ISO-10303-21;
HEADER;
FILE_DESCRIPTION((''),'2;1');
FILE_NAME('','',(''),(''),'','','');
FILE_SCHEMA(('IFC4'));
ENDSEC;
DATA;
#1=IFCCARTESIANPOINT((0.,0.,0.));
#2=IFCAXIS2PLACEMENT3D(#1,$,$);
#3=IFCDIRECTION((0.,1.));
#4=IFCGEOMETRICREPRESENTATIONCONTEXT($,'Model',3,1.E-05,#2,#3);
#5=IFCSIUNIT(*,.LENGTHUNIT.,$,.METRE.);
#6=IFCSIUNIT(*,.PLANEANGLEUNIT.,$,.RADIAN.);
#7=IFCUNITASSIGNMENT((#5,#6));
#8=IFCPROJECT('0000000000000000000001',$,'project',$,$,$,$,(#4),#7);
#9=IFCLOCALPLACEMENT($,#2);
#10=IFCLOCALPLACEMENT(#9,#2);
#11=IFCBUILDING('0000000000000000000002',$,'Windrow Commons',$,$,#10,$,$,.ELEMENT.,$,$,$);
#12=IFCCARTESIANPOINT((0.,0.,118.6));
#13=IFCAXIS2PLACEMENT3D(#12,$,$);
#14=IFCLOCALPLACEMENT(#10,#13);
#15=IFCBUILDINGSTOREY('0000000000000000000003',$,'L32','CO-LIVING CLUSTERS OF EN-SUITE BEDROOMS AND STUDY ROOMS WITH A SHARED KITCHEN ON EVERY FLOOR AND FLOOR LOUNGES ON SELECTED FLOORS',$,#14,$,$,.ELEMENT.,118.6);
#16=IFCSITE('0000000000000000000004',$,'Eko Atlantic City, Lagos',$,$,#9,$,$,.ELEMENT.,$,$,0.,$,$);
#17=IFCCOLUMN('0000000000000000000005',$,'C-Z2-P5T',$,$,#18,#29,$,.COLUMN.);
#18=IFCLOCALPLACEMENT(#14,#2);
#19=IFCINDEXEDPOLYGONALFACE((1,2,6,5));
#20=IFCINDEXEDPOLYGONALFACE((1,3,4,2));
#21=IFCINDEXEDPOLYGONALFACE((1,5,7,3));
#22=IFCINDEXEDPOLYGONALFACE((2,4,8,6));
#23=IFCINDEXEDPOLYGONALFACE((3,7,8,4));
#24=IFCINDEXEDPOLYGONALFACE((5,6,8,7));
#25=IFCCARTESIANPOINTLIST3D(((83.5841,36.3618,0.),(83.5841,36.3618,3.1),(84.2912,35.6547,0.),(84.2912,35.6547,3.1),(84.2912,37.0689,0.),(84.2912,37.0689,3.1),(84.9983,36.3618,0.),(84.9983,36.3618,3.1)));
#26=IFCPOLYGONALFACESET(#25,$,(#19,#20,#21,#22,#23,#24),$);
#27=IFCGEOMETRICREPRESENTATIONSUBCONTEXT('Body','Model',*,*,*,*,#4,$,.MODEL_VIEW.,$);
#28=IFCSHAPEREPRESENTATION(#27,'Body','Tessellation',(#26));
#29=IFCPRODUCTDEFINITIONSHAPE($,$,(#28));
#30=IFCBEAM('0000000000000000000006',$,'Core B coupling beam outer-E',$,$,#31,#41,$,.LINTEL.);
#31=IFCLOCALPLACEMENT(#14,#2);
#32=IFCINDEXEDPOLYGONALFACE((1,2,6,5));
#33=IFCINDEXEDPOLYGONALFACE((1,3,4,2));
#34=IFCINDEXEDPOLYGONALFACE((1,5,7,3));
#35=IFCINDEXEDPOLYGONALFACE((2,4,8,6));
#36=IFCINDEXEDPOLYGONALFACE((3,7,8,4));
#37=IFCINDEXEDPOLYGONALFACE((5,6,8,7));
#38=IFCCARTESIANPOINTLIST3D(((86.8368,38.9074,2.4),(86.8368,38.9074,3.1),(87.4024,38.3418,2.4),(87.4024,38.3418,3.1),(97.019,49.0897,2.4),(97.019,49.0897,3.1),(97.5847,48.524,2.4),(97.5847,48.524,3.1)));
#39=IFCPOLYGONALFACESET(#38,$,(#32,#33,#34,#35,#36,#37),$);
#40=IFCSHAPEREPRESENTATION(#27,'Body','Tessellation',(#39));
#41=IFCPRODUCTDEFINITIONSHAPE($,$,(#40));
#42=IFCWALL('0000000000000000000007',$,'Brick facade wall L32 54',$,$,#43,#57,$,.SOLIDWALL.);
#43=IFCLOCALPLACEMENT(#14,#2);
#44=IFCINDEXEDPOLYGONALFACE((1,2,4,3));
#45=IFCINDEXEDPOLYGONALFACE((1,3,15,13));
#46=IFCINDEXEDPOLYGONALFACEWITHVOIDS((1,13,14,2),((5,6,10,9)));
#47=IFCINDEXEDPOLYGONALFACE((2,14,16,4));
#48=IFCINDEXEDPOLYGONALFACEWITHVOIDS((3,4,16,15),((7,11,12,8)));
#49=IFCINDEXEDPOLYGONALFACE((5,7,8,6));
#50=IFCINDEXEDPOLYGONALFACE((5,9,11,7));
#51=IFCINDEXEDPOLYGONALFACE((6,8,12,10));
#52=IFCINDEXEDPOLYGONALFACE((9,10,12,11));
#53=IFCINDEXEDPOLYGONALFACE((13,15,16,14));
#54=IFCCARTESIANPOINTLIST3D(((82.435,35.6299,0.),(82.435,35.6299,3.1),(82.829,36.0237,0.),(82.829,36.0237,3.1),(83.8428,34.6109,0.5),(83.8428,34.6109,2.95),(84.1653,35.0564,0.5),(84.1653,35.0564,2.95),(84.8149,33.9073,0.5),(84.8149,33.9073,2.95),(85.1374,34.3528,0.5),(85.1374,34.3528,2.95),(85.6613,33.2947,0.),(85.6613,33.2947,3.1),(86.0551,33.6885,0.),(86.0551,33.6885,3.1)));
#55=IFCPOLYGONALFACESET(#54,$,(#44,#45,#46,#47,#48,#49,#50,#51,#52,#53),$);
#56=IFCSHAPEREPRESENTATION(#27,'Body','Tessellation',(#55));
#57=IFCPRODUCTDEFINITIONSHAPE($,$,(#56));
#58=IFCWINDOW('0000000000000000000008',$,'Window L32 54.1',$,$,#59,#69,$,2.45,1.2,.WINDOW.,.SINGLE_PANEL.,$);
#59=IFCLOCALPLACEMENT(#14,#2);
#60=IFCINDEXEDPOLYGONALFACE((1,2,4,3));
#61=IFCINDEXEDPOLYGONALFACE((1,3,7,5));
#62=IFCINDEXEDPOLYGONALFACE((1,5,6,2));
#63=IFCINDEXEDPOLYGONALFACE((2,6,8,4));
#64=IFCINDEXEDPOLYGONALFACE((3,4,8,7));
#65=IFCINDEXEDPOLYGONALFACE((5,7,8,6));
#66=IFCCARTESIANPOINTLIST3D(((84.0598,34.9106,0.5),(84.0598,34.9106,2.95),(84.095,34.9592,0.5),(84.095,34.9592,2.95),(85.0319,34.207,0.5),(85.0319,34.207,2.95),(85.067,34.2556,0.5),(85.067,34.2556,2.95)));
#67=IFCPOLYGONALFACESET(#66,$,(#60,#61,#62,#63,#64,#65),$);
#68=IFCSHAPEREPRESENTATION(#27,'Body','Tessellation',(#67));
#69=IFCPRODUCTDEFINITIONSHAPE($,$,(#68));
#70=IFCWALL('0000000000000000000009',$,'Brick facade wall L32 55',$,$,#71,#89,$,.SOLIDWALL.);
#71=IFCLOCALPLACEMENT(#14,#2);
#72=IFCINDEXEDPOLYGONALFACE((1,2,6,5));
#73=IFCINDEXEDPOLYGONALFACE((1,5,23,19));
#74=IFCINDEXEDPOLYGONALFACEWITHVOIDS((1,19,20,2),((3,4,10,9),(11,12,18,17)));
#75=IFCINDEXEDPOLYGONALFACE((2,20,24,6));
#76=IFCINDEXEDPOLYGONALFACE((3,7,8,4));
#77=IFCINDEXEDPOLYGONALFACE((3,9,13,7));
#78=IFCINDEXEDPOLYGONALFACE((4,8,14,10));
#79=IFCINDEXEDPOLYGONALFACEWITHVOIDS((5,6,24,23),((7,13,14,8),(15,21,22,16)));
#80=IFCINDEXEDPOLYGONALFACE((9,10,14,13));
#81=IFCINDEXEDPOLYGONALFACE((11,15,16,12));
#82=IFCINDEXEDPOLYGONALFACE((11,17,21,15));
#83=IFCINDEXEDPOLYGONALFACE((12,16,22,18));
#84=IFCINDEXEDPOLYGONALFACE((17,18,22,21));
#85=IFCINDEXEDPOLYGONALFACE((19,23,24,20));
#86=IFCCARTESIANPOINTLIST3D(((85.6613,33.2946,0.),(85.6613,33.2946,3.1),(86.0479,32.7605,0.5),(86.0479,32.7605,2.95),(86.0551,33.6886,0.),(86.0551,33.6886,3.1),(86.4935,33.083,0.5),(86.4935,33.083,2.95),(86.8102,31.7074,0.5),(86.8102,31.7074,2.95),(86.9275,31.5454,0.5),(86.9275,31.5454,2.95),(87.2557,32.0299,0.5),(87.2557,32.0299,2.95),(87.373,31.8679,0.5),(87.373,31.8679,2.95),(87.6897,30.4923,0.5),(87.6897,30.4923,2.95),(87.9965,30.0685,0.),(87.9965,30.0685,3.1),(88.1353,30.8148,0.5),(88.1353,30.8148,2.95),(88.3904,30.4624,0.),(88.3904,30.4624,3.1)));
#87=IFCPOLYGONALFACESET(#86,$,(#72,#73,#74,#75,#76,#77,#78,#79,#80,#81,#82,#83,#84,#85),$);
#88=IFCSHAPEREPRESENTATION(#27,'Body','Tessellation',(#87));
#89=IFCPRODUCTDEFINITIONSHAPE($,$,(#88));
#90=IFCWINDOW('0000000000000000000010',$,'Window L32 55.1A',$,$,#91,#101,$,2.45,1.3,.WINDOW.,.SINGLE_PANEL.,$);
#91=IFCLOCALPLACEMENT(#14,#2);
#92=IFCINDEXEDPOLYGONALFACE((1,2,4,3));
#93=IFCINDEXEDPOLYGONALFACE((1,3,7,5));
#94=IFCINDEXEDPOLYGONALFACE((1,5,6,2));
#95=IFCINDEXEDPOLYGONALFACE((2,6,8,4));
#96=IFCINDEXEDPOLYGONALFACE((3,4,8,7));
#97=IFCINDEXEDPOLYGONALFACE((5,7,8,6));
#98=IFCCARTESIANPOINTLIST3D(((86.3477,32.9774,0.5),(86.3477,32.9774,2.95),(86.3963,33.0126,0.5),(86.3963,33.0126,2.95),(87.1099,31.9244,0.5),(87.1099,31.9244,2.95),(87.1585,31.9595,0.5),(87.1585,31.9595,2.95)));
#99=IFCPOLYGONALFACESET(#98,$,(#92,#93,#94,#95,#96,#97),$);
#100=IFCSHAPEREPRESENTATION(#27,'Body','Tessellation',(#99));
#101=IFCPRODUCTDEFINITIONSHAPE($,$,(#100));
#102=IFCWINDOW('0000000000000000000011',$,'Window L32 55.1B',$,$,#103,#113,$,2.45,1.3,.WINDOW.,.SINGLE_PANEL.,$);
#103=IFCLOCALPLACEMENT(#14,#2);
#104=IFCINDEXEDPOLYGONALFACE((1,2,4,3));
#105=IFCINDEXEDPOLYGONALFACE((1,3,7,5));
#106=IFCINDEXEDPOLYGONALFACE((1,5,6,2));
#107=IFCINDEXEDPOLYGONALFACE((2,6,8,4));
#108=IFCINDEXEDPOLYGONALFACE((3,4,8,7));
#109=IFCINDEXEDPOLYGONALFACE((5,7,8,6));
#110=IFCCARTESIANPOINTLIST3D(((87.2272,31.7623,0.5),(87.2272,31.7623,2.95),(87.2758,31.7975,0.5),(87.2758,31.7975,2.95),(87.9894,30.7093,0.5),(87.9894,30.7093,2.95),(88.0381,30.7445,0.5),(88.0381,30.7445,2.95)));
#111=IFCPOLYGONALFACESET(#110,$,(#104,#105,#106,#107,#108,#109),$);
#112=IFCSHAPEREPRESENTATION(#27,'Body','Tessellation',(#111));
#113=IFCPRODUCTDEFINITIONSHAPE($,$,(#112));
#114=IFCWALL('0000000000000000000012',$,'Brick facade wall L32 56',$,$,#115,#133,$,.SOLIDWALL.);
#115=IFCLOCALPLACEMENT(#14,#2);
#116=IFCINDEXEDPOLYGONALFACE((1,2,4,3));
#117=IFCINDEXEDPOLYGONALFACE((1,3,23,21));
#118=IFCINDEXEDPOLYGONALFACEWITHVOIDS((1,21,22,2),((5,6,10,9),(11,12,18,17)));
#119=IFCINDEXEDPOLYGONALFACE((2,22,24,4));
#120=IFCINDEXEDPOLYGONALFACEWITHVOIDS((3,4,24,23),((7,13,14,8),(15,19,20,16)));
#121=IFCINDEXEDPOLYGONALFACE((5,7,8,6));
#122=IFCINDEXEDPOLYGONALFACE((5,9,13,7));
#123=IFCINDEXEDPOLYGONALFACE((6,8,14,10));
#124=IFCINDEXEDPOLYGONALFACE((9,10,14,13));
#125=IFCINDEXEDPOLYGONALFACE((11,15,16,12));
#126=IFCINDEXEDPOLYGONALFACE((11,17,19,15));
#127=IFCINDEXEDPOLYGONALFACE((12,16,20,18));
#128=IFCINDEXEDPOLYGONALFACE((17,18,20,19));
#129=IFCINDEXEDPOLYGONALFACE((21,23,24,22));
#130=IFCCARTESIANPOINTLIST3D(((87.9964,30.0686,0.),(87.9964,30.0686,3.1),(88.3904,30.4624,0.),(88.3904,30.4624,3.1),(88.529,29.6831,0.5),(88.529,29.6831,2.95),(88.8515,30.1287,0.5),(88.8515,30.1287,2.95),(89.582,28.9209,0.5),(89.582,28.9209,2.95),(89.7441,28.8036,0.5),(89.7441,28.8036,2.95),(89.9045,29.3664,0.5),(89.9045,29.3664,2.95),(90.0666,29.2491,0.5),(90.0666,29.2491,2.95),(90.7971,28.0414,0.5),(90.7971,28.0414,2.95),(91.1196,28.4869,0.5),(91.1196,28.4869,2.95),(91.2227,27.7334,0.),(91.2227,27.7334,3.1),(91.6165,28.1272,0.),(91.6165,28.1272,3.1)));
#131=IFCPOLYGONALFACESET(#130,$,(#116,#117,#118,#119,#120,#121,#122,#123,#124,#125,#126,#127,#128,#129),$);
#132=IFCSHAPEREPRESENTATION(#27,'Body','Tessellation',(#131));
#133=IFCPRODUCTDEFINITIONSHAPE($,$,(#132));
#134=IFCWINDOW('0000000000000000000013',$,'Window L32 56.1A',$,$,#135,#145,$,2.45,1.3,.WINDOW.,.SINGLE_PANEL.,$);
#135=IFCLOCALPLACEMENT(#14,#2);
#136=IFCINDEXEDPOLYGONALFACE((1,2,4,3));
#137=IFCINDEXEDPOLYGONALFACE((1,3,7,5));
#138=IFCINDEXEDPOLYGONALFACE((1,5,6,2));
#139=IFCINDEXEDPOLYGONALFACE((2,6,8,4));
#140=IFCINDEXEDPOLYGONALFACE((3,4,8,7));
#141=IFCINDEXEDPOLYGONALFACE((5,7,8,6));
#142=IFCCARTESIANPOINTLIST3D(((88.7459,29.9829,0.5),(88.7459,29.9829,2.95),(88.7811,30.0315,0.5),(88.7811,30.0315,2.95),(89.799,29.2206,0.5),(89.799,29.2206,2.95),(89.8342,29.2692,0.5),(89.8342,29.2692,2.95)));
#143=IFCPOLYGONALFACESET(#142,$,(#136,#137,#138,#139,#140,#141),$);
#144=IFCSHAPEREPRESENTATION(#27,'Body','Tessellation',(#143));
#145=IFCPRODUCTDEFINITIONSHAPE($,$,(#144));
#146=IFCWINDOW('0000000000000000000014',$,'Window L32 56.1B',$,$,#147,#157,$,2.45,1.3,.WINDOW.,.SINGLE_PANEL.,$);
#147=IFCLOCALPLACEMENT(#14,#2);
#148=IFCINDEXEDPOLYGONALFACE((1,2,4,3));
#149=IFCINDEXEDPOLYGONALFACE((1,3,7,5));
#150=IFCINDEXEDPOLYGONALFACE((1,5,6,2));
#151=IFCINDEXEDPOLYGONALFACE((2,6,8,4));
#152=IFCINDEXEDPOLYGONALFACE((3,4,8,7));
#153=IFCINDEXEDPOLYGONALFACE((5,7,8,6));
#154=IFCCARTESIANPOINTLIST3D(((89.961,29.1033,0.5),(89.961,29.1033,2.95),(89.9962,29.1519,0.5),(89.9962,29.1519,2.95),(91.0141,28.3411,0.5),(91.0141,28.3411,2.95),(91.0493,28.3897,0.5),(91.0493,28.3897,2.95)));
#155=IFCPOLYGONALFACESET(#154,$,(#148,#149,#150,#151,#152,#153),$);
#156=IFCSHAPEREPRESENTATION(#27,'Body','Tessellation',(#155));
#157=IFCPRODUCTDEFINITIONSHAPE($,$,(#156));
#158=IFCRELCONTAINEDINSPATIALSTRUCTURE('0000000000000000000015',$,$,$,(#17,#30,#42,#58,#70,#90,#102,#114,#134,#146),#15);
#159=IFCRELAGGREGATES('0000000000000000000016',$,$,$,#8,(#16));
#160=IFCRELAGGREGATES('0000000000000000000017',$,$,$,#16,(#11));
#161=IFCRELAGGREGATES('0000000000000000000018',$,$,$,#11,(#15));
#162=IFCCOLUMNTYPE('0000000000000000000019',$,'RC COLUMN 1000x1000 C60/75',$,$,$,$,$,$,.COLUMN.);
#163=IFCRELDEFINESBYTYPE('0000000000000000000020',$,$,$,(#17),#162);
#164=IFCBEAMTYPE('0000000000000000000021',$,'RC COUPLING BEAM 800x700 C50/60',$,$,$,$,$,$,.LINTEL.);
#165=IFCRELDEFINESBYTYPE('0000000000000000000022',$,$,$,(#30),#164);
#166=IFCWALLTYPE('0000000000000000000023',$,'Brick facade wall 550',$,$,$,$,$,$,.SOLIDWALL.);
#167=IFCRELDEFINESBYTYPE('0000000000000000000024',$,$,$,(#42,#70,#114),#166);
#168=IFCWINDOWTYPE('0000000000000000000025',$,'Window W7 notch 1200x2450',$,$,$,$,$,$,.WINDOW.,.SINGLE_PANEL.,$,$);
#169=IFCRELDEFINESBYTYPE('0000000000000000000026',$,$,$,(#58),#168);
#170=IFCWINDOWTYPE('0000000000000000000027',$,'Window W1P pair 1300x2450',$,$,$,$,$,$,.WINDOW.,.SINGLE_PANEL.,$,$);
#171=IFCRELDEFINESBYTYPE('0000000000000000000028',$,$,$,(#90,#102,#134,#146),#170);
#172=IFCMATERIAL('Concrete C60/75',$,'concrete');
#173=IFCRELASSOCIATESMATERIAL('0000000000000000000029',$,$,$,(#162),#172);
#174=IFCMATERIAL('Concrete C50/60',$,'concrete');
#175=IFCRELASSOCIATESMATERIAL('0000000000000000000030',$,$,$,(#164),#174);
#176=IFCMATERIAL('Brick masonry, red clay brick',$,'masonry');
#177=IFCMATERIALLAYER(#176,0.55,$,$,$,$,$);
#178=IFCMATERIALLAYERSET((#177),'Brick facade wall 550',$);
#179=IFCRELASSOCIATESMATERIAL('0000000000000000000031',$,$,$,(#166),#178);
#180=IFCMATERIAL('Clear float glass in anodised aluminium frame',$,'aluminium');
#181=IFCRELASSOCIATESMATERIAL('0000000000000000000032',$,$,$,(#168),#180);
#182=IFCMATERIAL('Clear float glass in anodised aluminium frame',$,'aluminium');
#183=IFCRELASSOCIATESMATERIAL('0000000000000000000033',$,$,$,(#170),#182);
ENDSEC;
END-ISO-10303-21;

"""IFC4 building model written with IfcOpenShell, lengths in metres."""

from ifc_helpers import new_model, si_unit, direction, frame, frame_2d, origin, origin_2d, place, context, subcontext, project, spatial, polyline, rectangle, outline, extrude, material, layer, layer_set, material_profile, profile_set, type_object, element, fill, save


model = new_model("IFC4")

# Units and contexts
model_context = context("Model", 3, precision=1e-05, world=origin(), true_north=direction((0.0, 1.0)))
body_context = subcontext(model_context, "Body", "Model", "MODEL_VIEW")
ifc_project = project(units=[si_unit("LENGTHUNIT", "METRE"), si_unit("PLANEANGLEUNIT", "RADIAN")], contexts=[model_context])

# Site, building, storey
site_placement = place(None, origin())
site = spatial("IfcSite", under=ifc_project, at=site_placement, Name="Eko Atlantic City, Lagos", CompositionType="ELEMENT", RefElevation=0.0)
building_placement = place(site_placement, origin())
building = spatial("IfcBuilding", under=site, at=building_placement, Name="Windrow Commons", CompositionType="ELEMENT")
storey_placement = place(building_placement, frame((0.0, 0.0, 118.6)))
storey = spatial("IfcBuildingStorey", under=building, at=storey_placement, Name="L32", Description="CO-LIVING CLUSTERS OF EN-SUITE BEDROOMS AND STUDY ROOMS WITH A SHARED KITCHEN ON EVERY FLOOR AND FLOOR LOUNGES ON SELECTED FLOORS", CompositionType="ELEMENT", Elevation=118.6)

# Column
ifc_material_1 = material(Name="Concrete C60/75", Category="concrete")
ifc_material_profile_1 = material_profile(ifc_material_1, rectangle(XDim=1.0, YDim=1.0, at=origin_2d()))
ifc_profile_set_1 = profile_set([ifc_material_profile_1], Name="Concrete C60/75")
column_type = type_object("IfcColumnType", Name="RC COLUMN 1000x1000 C60/75", PredefinedType="COLUMN", material=ifc_profile_set_1)
column_placement = place(storey_placement, frame((84.2912, 36.3618, 0.0), z_axis=(0.0, 0.0, 1.0), x_axis=(0.707107, -0.707107, 0.0)))
element("IfcColumn", 1, at=column_placement, inside=storey, type_object=column_type, Name="C-Z2-P5T", PredefinedType="COLUMN", context=body_context, shape_type="SweptSolid", body=[
    extrude(rectangle(XDim=1.0, YDim=1.0, at=origin_2d()), origin(), (0.0, 0.0, 1.0), 3.1),
])

# Beam
ifc_material_2 = material(Name="Concrete C50/60", Category="concrete")
ifc_material_profile_2 = material_profile(ifc_material_2, rectangle(XDim=0.8, YDim=0.7, at=origin_2d()))
ifc_profile_set_2 = profile_set([ifc_material_profile_2], Name="Concrete C50/60")
beam_type = type_object("IfcBeamType", Name="RC COUPLING BEAM 800x700 C50/60", PredefinedType="LINTEL", material=ifc_profile_set_2)
beam_placement = place(storey_placement, frame((87.1196, 38.6246, 2.75), z_axis=(0.707107, 0.707107, 0.0), x_axis=(-0.707107, 0.707107, 0.0)))
element("IfcBeam", 2, at=beam_placement, inside=storey, type_object=beam_type, Name="Core B coupling beam outer-E", PredefinedType="LINTEL", context=body_context, shape_type="SweptSolid", body=[
    extrude(rectangle(XDim=0.8, YDim=0.7, at=origin_2d()), origin(), (0.0, 0.0, 1.0), 14.3999),
])

# Wall, opening, window
ifc_material_3 = material(Name="Brick masonry, red clay brick", Category="masonry")
ifc_layer_1 = layer(ifc_material_3, 0.55)
ifc_layer_set_1 = layer_set([ifc_layer_1], Name="Brick facade wall 550")
wall_type_1 = type_object("IfcWallType", Name="Brick facade wall 550", PredefinedType="SOLIDWALL", material=ifc_layer_set_1)
wall_1_placement = place(storey_placement, frame((82.632, 35.8268, 0.0), z_axis=(0.0, 0.0, 1.0), x_axis=(0.810063, -0.586343, 0.0)))
wall_1 = element("IfcWall", 3, at=wall_1_placement, inside=storey, type_object=wall_type_1, Name="Brick facade wall L32 54", PredefinedType="SOLIDWALL", context=body_context, shape_type="SweptSolid", body=[
    extrude(outline(polyline([(-0.0441, -0.275), (3.9386, -0.275), (4.0267, 0.275), (0.0441, 0.275), (-0.0441, -0.275)])), origin(), (0.0, 0.0, 1.0), 3.1),
])
opening_1_placement = place(wall_1_placement, frame((1.6938, 0.0, 0.5)))
opening_1 = element("IfcOpeningElement", 4, at=opening_1_placement, cuts=wall_1, PredefinedType="OPENING", context=body_context, shape_type="SweptSolid", body=[
    extrude(rectangle(XDim=1.2, YDim=2.45, at=frame_2d((0.6, 1.225))), frame((0.0, 0.285, 0.0), z_axis=(0.0, -1.0, 0.0), x_axis=(1.0, 0.0, 0.0)), (0.0, 0.0, 1.0), 0.57),
])
ifc_material_4 = material(Name="Clear float glass in anodised aluminium frame", Category="aluminium")
window_type_1 = type_object("IfcWindowType", Name="Window W7 notch 1200x2450", PartitioningType="SINGLE_PANEL", PredefinedType="WINDOW", material=ifc_material_4)
window_1_placement = place(opening_1_placement, origin())
window_1 = element("IfcWindow", 5, at=window_1_placement, inside=storey, type_object=window_type_1, Name="Window L32 54.1", OverallHeight=2.45, OverallWidth=1.2, PartitioningType="SINGLE_PANEL", PredefinedType="WINDOW", context=body_context, shape_type="SweptSolid", body=[
    extrude(rectangle(XDim=1.2, YDim=2.45, at=frame_2d((0.6, 1.225))), frame((0.0, 0.155, 0.0), z_axis=(0.0, -1.0, 0.0), x_axis=(1.0, 0.0, 0.0)), (0.0, 0.0, 1.0), 0.06),
])
fill(opening_1, window_1)

# Walls, openings, windows
wall_2_placement = place(storey_placement, frame((85.8582, 33.4916, 0.0), z_axis=(0.0, 0.0, 1.0), x_axis=(0.586355, -0.810054, 0.0)))
wall_2 = element("IfcWall", 6, at=wall_2_placement, inside=storey, type_object=wall_type_1, Name="Brick facade wall L32 55", PredefinedType="SOLIDWALL", context=body_context, shape_type="SweptSolid", body=[
    extrude(outline(polyline([(0.0441, -0.275), (4.0267, -0.275), (3.9386, 0.275), (-0.0441, 0.275), (0.0441, -0.275)])), origin(), (0.0, 0.0, 1.0), 3.1),
])
opening_2_placement = place(wall_2_placement, frame((0.7035, 0.0, 0.5)))
opening_2 = element("IfcOpeningElement", 7, at=opening_2_placement, cuts=wall_2, PredefinedType="OPENING", context=body_context, shape_type="SweptSolid", body=[
    extrude(rectangle(XDim=1.3, YDim=2.45, at=frame_2d((0.65, 1.225))), frame((0.0, 0.285, 0.0), z_axis=(0.0, -1.0, 0.0), x_axis=(1.0, 0.0, 0.0)), (0.0, 0.0, 1.0), 0.57),
])
opening_3_placement = place(wall_2_placement, frame((2.2035, 0.0, 0.5)))
opening_3 = element("IfcOpeningElement", 8, at=opening_3_placement, cuts=wall_2, PredefinedType="OPENING", context=body_context, shape_type="SweptSolid", body=[
    extrude(rectangle(XDim=1.3, YDim=2.45, at=frame_2d((0.65, 1.225))), frame((0.0, 0.285, 0.0), z_axis=(0.0, -1.0, 0.0), x_axis=(1.0, 0.0, 0.0)), (0.0, 0.0, 1.0), 0.57),
])
ifc_material_5 = material(Name="Clear float glass in anodised aluminium frame", Category="aluminium")
window_type_2 = type_object("IfcWindowType", Name="Window W1P pair 1300x2450", PartitioningType="SINGLE_PANEL", PredefinedType="WINDOW", material=ifc_material_5)
window_2_placement = place(opening_2_placement, origin())
window_2 = element("IfcWindow", 9, at=window_2_placement, inside=storey, type_object=window_type_2, Name="Window L32 55.1A", OverallHeight=2.45, OverallWidth=1.3, PartitioningType="SINGLE_PANEL", PredefinedType="WINDOW", context=body_context, shape_type="SweptSolid", body=[
    extrude(rectangle(XDim=1.3, YDim=2.45, at=frame_2d((0.65, 1.225))), frame((0.0, 0.155, 0.0), z_axis=(0.0, -1.0, 0.0), x_axis=(1.0, 0.0, 0.0)), (0.0, 0.0, 1.0), 0.06),
])
fill(opening_2, window_2)
window_3_placement = place(opening_3_placement, origin())
window_3 = element("IfcWindow", 10, at=window_3_placement, inside=storey, type_object=window_type_2, Name="Window L32 55.1B", OverallHeight=2.45, OverallWidth=1.3, PartitioningType="SINGLE_PANEL", PredefinedType="WINDOW", context=body_context, shape_type="SweptSolid", body=[
    extrude(rectangle(XDim=1.3, YDim=2.45, at=frame_2d((0.65, 1.225))), frame((0.0, 0.155, 0.0), z_axis=(0.0, -1.0, 0.0), x_axis=(1.0, 0.0, 0.0)), (0.0, 0.0, 1.0), 0.06),
])
fill(opening_3, window_3)
wall_3_placement = place(storey_placement, frame((88.1934, 30.2655, 0.0), z_axis=(0.0, 0.0, 1.0), x_axis=(0.810063, -0.586343, 0.0)))
wall_3 = element("IfcWall", 11, at=wall_3_placement, inside=storey, type_object=wall_type_1, Name="Brick facade wall L32 56", PredefinedType="SOLIDWALL", context=body_context, shape_type="SweptSolid", body=[
    extrude(outline(polyline([(-0.0441, -0.275), (3.9386, -0.275), (4.0267, 0.275), (0.0441, 0.275), (-0.0441, -0.275)])), origin(), (0.0, 0.0, 1.0), 3.1),
])
opening_4_placement = place(wall_3_placement, frame((0.6133, 0.0, 0.5)))
opening_4 = element("IfcOpeningElement", 12, at=opening_4_placement, cuts=wall_3, PredefinedType="OPENING", context=body_context, shape_type="SweptSolid", body=[
    extrude(rectangle(XDim=1.3, YDim=2.45, at=frame_2d((0.65, 1.225))), frame((0.0, 0.285, 0.0), z_axis=(0.0, -1.0, 0.0), x_axis=(1.0, 0.0, 0.0)), (0.0, 0.0, 1.0), 0.57),
])
opening_5_placement = place(wall_3_placement, frame((2.1133, 0.0, 0.5)))
opening_5 = element("IfcOpeningElement", 13, at=opening_5_placement, cuts=wall_3, PredefinedType="OPENING", context=body_context, shape_type="SweptSolid", body=[
    extrude(rectangle(XDim=1.3, YDim=2.45, at=frame_2d((0.65, 1.225))), frame((0.0, 0.285, 0.0), z_axis=(0.0, -1.0, 0.0), x_axis=(1.0, 0.0, 0.0)), (0.0, 0.0, 1.0), 0.57),
])
window_4_placement = place(opening_4_placement, origin())
window_4 = element("IfcWindow", 14, at=window_4_placement, inside=storey, type_object=window_type_2, Name="Window L32 56.1A", OverallHeight=2.45, OverallWidth=1.3, PartitioningType="SINGLE_PANEL", PredefinedType="WINDOW", context=body_context, shape_type="SweptSolid", body=[
    extrude(rectangle(XDim=1.3, YDim=2.45, at=frame_2d((0.65, 1.225))), frame((0.0, 0.155, 0.0), z_axis=(0.0, -1.0, 0.0), x_axis=(1.0, 0.0, 0.0)), (0.0, 0.0, 1.0), 0.06),
])
fill(opening_4, window_4)
window_5_placement = place(opening_5_placement, origin())
window_5 = element("IfcWindow", 15, at=window_5_placement, inside=storey, type_object=window_type_2, Name="Window L32 56.1B", OverallHeight=2.45, OverallWidth=1.3, PartitioningType="SINGLE_PANEL", PredefinedType="WINDOW", context=body_context, shape_type="SweptSolid", body=[
    extrude(rectangle(XDim=1.3, YDim=2.45, at=frame_2d((0.65, 1.225))), frame((0.0, 0.155, 0.0), z_axis=(0.0, -1.0, 0.0), x_axis=(1.0, 0.0, 0.0)), (0.0, 0.0, 1.0), 0.06),
])
fill(opening_5, window_5)

save(model, "model.ifc")
